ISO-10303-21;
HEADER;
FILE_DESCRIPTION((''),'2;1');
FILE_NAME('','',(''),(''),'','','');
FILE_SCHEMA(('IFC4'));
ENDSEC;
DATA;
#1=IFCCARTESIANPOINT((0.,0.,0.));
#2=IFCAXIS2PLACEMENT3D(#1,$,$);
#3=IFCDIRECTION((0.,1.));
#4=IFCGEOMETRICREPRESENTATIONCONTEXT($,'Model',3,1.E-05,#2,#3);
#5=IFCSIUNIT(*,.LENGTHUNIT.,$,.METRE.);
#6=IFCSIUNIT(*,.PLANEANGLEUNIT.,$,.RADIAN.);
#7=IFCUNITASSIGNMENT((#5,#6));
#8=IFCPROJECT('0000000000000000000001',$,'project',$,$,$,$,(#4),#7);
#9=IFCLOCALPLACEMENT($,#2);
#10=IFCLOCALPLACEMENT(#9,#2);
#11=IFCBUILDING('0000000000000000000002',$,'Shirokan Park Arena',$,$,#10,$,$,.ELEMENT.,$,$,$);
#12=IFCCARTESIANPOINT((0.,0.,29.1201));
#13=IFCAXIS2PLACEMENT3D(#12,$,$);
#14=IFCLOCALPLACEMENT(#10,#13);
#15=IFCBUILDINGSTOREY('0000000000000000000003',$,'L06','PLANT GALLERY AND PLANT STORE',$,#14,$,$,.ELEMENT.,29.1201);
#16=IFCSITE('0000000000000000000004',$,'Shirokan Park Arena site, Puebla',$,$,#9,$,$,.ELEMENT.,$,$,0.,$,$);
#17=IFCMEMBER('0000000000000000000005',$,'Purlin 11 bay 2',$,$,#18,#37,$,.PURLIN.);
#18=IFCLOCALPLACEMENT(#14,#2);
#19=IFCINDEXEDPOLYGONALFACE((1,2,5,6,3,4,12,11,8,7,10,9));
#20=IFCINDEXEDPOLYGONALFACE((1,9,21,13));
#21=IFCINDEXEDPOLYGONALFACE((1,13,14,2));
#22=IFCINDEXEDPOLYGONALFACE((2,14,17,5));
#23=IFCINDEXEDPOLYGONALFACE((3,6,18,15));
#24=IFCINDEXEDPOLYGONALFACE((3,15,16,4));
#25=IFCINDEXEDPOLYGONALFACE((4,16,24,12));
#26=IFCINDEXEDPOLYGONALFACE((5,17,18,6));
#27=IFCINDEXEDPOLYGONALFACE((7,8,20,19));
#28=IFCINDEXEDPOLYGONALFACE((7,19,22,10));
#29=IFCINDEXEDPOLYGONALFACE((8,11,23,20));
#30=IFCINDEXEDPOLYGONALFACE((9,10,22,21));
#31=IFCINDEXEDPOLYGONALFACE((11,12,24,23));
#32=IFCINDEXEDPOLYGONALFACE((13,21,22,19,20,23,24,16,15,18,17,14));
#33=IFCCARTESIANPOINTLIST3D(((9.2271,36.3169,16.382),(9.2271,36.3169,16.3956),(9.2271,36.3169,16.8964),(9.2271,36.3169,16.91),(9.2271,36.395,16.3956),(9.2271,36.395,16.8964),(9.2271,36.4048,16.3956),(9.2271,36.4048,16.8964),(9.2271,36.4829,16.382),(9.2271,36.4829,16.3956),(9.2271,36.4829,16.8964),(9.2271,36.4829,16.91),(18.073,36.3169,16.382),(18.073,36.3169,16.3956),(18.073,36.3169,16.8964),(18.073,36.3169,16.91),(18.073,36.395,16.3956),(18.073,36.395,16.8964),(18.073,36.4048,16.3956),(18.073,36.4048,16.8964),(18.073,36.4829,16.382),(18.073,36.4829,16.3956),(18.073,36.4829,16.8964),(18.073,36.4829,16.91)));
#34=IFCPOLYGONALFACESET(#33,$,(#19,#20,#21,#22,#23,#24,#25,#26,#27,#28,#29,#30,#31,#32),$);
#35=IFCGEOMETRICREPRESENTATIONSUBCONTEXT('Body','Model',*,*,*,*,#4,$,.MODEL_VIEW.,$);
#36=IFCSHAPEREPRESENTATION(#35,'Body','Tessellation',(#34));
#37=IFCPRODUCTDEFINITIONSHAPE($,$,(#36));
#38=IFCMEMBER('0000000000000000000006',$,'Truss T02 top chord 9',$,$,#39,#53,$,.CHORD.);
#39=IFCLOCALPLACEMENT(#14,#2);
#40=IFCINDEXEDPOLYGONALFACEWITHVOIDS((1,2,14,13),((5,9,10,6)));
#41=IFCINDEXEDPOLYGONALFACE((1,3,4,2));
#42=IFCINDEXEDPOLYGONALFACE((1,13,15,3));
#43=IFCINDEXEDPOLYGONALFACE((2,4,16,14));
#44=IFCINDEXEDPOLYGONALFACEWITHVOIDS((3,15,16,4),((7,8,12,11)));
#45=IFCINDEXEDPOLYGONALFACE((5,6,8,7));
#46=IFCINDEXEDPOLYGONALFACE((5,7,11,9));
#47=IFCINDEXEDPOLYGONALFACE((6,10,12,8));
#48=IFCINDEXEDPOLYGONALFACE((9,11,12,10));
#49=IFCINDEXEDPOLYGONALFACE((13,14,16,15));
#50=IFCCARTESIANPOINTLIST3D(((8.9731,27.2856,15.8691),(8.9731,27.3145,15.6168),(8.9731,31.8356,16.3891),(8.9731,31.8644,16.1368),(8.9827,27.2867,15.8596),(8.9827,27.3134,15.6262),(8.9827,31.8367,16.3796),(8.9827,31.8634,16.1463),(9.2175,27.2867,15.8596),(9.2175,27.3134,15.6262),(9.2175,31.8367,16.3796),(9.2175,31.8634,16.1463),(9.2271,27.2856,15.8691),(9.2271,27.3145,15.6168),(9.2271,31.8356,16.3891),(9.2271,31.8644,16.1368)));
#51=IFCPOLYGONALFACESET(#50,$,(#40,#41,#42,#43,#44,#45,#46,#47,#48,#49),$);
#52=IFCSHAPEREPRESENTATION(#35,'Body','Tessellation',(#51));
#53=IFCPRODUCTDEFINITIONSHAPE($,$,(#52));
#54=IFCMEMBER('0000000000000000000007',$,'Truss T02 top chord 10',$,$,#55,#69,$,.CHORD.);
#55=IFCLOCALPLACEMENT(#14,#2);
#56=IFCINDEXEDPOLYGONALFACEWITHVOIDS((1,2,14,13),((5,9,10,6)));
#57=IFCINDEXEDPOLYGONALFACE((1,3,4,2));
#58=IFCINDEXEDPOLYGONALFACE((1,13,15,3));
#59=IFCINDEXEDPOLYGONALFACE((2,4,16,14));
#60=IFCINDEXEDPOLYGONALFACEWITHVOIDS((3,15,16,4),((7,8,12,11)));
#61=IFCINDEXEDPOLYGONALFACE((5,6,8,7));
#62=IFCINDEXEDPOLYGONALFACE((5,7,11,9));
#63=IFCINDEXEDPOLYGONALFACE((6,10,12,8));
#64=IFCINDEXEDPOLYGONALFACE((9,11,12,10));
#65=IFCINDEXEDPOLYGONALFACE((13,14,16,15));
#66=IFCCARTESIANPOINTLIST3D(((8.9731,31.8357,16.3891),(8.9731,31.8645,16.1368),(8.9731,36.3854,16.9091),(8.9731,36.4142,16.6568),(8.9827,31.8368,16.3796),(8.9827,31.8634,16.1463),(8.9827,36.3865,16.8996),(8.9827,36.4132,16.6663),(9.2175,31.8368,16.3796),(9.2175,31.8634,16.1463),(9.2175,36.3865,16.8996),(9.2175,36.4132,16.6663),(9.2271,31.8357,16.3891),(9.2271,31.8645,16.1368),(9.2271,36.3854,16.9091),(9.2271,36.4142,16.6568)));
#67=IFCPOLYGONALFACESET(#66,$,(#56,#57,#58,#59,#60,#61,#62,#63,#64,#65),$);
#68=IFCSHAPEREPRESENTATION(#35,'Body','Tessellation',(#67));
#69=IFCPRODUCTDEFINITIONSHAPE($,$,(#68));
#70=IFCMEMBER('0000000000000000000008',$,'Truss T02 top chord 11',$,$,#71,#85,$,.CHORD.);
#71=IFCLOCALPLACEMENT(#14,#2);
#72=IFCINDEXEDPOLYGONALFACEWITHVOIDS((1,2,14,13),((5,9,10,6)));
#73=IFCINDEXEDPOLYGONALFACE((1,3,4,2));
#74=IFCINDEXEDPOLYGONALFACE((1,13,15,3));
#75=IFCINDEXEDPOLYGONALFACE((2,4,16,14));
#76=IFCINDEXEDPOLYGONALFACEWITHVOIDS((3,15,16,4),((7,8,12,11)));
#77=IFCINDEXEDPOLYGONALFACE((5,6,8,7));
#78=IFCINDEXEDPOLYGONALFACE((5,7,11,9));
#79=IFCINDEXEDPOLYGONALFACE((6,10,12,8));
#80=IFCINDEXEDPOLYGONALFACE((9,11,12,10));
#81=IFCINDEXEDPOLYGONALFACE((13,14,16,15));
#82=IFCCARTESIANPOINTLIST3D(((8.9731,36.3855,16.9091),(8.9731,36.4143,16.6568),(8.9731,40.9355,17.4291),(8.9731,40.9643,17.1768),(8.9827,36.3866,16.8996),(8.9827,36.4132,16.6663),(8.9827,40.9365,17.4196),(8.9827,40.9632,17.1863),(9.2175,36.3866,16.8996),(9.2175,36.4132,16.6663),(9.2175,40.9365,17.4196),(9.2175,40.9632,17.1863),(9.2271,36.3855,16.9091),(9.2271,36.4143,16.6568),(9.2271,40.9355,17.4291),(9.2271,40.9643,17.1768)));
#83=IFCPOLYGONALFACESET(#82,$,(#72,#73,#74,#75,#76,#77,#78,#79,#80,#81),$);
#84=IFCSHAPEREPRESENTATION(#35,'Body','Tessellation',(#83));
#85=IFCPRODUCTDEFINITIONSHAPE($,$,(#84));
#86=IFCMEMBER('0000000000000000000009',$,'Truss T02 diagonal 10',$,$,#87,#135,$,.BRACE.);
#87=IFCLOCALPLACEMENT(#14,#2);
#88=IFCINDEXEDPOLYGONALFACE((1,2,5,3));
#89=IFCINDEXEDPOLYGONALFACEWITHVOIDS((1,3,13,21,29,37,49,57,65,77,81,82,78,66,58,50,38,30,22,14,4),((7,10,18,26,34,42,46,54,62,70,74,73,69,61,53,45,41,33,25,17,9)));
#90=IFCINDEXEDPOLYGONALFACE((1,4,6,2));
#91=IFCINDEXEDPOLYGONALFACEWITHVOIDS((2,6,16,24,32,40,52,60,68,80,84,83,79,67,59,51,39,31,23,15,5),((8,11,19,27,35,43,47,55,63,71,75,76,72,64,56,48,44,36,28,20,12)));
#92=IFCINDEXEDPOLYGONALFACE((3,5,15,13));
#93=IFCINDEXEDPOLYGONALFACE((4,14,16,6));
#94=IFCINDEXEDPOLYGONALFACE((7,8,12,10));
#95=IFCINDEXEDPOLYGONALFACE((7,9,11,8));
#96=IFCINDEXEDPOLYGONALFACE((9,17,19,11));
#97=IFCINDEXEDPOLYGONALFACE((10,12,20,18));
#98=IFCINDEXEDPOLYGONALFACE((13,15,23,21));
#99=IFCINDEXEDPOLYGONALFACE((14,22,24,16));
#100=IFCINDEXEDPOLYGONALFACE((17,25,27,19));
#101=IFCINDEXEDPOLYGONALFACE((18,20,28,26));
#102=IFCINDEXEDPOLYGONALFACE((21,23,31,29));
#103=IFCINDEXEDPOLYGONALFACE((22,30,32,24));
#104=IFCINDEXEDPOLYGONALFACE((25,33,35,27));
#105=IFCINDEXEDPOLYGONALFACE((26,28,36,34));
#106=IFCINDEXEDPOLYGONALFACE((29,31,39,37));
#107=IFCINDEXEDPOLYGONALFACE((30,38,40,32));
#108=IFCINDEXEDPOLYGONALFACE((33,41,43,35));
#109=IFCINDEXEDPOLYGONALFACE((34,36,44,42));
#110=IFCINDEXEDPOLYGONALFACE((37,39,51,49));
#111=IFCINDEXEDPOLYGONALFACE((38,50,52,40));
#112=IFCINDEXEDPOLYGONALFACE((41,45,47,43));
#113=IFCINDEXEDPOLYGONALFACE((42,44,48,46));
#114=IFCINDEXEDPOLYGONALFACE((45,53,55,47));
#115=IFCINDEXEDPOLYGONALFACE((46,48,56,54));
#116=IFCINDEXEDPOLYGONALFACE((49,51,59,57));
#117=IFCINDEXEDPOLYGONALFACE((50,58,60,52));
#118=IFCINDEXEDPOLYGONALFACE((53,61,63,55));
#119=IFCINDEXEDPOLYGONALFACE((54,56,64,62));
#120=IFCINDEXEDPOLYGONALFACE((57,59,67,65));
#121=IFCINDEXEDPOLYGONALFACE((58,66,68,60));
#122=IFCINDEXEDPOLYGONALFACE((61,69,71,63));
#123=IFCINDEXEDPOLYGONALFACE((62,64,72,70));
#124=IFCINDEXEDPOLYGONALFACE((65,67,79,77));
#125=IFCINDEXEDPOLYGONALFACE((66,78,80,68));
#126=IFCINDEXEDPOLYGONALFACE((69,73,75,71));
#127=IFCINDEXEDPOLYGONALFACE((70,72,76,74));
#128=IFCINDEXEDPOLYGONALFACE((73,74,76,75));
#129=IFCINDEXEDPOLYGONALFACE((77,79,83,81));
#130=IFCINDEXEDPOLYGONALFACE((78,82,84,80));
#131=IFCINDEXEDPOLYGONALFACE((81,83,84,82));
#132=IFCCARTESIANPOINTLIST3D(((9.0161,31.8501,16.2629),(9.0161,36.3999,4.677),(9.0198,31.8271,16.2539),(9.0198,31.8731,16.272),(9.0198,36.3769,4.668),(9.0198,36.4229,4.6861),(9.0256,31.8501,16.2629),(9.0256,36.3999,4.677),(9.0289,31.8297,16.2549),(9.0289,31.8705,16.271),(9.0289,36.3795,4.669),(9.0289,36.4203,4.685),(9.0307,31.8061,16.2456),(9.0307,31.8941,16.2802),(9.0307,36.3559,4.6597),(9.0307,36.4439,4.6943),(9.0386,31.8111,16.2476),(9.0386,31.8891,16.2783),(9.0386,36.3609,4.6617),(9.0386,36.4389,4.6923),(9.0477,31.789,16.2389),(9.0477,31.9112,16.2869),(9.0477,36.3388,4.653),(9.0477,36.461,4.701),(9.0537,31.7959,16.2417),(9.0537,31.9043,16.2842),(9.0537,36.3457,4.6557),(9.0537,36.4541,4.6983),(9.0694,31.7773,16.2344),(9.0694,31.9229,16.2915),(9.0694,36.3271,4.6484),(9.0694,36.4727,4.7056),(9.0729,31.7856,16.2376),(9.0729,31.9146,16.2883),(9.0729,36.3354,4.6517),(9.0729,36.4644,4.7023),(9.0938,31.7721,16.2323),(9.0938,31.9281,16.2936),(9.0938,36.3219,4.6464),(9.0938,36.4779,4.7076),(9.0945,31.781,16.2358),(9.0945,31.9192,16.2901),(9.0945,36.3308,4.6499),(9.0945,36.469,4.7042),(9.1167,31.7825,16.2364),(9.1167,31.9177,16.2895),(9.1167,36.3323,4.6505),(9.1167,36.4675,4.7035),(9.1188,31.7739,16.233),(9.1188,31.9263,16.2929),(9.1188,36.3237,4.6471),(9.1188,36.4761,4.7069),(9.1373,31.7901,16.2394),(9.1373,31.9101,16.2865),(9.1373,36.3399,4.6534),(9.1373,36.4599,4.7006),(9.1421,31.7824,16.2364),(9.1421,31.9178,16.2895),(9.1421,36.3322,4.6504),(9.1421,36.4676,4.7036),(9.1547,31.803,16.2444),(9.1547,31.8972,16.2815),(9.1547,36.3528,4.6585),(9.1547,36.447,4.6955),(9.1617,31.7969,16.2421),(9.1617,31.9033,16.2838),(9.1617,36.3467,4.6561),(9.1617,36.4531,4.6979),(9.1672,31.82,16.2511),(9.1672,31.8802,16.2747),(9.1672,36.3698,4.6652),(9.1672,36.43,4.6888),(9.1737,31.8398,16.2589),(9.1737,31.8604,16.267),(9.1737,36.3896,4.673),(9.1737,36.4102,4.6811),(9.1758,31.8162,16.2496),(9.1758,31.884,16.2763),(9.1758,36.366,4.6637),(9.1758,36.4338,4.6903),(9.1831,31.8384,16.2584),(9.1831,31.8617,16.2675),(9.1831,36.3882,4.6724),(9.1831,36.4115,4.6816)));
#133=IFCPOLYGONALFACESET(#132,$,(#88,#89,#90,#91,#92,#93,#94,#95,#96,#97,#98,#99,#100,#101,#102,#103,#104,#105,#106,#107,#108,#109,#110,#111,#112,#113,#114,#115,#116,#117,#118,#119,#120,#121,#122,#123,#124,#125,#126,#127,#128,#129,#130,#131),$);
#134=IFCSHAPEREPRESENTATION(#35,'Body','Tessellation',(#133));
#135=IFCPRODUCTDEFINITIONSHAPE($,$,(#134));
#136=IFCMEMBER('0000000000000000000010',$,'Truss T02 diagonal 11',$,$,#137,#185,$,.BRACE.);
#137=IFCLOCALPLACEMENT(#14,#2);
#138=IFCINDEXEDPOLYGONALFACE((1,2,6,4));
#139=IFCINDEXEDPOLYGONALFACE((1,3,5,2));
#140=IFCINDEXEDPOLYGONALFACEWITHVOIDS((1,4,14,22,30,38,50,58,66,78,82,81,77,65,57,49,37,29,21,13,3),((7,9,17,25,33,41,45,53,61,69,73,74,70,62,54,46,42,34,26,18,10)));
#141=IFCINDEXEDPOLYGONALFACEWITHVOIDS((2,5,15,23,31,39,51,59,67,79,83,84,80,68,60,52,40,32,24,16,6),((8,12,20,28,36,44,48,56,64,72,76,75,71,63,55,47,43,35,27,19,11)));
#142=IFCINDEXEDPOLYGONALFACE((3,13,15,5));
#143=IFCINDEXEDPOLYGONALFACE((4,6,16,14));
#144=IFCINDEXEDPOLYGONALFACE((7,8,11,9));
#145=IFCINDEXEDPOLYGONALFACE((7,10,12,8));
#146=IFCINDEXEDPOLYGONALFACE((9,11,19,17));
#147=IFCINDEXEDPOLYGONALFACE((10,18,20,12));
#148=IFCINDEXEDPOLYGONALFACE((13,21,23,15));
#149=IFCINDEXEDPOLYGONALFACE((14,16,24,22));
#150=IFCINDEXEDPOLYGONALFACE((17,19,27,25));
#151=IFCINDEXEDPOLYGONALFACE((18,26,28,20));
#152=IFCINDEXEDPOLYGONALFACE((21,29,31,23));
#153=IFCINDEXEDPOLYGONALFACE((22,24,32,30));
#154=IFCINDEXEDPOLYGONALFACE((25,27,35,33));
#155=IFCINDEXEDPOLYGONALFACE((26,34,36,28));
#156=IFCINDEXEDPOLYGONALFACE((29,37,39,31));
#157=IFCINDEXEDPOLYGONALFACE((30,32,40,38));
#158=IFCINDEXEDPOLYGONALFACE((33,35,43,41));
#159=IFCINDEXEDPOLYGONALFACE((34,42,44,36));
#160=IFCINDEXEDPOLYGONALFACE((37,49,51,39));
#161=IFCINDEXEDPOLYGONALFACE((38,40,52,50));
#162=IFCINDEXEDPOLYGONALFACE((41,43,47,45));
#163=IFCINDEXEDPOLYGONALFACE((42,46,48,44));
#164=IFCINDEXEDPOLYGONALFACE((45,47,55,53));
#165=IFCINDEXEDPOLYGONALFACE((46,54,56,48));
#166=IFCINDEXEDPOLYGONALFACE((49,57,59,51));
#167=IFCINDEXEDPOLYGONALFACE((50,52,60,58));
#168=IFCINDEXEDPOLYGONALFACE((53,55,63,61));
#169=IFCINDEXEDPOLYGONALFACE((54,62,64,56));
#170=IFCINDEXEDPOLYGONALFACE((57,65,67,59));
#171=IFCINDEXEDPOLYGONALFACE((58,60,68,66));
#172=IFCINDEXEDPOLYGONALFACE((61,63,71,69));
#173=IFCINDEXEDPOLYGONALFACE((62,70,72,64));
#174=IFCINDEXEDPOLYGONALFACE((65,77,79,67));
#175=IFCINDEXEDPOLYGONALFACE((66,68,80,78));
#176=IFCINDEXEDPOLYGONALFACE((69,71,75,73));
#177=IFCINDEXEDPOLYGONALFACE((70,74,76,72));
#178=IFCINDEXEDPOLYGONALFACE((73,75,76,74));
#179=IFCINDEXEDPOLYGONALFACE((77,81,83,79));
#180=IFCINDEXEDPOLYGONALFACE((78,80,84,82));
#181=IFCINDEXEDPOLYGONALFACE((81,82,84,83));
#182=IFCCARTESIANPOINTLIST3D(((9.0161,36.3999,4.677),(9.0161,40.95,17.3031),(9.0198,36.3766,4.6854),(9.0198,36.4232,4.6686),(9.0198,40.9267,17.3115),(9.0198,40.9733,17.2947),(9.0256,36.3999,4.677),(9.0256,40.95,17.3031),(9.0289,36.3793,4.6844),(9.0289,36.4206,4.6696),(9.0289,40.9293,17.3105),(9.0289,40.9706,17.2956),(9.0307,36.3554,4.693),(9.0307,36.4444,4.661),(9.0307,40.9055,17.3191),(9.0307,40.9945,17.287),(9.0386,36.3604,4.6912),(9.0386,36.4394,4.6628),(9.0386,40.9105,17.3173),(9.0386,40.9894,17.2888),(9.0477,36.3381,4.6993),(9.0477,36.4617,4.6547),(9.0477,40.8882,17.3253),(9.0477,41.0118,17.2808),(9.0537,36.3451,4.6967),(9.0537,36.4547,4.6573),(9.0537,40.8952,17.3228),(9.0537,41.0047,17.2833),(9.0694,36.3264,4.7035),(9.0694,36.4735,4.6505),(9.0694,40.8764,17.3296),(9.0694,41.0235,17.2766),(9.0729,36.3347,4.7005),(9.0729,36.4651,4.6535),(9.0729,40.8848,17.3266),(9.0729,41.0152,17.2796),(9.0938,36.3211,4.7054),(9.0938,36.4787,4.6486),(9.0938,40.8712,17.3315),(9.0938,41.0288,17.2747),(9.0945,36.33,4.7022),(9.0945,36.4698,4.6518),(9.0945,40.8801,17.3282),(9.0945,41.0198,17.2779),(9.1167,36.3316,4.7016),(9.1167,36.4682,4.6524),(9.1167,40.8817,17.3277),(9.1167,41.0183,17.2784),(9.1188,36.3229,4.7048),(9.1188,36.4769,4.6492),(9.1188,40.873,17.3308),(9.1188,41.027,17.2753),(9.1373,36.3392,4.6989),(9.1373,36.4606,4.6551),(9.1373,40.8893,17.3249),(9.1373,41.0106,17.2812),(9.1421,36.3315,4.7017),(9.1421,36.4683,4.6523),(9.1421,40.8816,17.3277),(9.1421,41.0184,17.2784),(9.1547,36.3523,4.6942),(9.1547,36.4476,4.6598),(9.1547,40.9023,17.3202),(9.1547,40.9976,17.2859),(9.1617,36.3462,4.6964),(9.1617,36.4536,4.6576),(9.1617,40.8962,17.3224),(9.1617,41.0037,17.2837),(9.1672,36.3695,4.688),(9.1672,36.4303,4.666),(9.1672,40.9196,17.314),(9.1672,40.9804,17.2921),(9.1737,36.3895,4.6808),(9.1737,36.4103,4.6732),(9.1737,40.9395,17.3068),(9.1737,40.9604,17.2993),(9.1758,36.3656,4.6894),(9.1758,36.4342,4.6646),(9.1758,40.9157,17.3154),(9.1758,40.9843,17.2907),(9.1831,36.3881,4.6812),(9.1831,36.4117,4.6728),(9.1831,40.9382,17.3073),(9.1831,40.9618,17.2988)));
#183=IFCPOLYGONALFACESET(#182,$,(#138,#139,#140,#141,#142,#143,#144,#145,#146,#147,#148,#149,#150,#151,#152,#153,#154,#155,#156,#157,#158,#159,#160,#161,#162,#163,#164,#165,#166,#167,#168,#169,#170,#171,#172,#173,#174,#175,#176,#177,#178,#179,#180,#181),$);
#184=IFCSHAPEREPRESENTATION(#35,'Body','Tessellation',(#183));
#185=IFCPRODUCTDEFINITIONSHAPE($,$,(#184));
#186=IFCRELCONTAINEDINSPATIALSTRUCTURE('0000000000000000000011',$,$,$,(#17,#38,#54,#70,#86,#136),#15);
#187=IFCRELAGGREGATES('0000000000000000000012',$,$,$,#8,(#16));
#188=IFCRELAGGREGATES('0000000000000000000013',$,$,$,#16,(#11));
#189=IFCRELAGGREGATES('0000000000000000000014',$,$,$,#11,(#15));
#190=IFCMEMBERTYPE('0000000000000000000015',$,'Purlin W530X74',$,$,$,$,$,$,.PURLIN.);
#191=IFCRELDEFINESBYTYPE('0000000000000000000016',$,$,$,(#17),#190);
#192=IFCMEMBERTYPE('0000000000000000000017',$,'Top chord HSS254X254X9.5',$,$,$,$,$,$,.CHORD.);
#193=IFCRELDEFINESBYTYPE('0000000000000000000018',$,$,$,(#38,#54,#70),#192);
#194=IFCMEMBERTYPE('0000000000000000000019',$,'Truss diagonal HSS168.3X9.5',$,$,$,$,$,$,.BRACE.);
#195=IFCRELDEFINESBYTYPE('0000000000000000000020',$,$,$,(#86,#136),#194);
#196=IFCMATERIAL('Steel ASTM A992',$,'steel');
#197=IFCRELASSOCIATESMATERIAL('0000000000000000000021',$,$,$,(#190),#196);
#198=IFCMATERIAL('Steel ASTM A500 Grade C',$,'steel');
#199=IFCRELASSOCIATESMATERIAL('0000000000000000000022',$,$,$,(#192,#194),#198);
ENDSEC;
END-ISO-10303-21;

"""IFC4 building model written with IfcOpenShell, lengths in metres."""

from ifc_helpers import new_model, si_unit, direction, frame, origin, origin_2d, place, context, subcontext, project, spatial, hollow_rectangle, hollow_circle, i_section, extrude, material, material_profile, profile_set, type_object, element, save


model = new_model("IFC4")

# Units and contexts
model_context = context("Model", 3, precision=1e-05, world=origin(), true_north=direction((0.0, 1.0)))
body_context = subcontext(model_context, "Body", "Model", "MODEL_VIEW")
ifc_project = project(units=[si_unit("LENGTHUNIT", "METRE"), si_unit("PLANEANGLEUNIT", "RADIAN")], contexts=[model_context])

# Site, building, storey
site_placement = place(None, origin())
site = spatial("IfcSite", under=ifc_project, at=site_placement, Name="Shirokan Park Arena site, Puebla", CompositionType="ELEMENT", RefElevation=0.0)
building_placement = place(site_placement, origin())
building = spatial("IfcBuilding", under=site, at=building_placement, Name="Shirokan Park Arena", CompositionType="ELEMENT")
storey_placement = place(building_placement, frame((0.0, 0.0, 29.1201)))
storey = spatial("IfcBuildingStorey", under=building, at=storey_placement, Name="L06", Description="PLANT GALLERY AND PLANT STORE", CompositionType="ELEMENT", Elevation=29.1201)

# Members
ifc_material_1 = material(Name="Steel ASTM A500 Grade C", Category="steel")
ifc_material_2 = material(Name="Steel ASTM A992", Category="steel")
ifc_material_profile_1 = material_profile(ifc_material_2, i_section(OverallWidth=0.166, OverallDepth=0.5281, WebThickness=0.0098, FlangeThickness=0.0137, at=origin_2d()), Name="W530X74")
ifc_profile_set_1 = profile_set([ifc_material_profile_1], Name="Steel ASTM A992")
member_type_1 = type_object("IfcMemberType", Name="Purlin W530X74", PredefinedType="PURLIN", material=ifc_profile_set_1)
for number, where, z_axis, x_axis, name in (
    (1, (9.2271, 36.3999, 16.646), (1.0, 0.0, 0.0), (0.0, 1.0, 0.0), "Purlin 11 bay 2"),
):
    element("IfcMember", number, at=place(storey_placement, frame(where, z_axis=z_axis, x_axis=x_axis)), inside=storey, type_object=member_type_1, Name=name, PredefinedType="PURLIN", context=body_context, shape_type="SweptSolid", body=[
        extrude(i_section(OverallWidth=0.166, OverallDepth=0.5281, WebThickness=0.0098, FlangeThickness=0.0137, at=origin_2d()), origin(), (0.0, 0.0, 1.0), 8.8459),
    ])
ifc_material_profile_2 = material_profile(ifc_material_1, hollow_rectangle(XDim=0.2539, YDim=0.2539, WallThickness=0.0095, at=origin_2d()), Name="HSS254X254X9.5")
ifc_profile_set_2 = profile_set([ifc_material_profile_2], Name="Steel ASTM A500 Grade C")
member_type_2 = type_object("IfcMemberType", Name="Top chord HSS254X254X9.5", PredefinedType="CHORD", material=ifc_profile_set_2)
member_1_placement = place(storey_placement, frame((9.1001, 27.3, 15.7429), z_axis=(0.0, 0.993532, 0.11355), x_axis=(-1.0, 0.0, 0.0)))
element("IfcMember", 2, at=member_1_placement, inside=storey, type_object=member_type_2, Name="Truss T02 top chord 9", PredefinedType="CHORD", context=body_context, shape_type="SweptSolid", body=[
    extrude(hollow_rectangle(XDim=0.2539, YDim=0.2539, WallThickness=0.0095, at=origin_2d()), origin(), (0.0, 0.0, 1.0), 4.5796),
])
member_2_placement = place(storey_placement, frame((9.1001, 31.8501, 16.2629), z_axis=(0.0, 0.993532, 0.113556), x_axis=(-1.0, 0.0, 0.0)))
element("IfcMember", 3, at=member_2_placement, inside=storey, type_object=member_type_2, Name="Truss T02 top chord 10", PredefinedType="CHORD", context=body_context, shape_type="SweptSolid", body=[
    extrude(hollow_rectangle(XDim=0.2539, YDim=0.2539, WallThickness=0.0095, at=origin_2d()), origin(), (0.0, 0.0, 1.0), 4.5793),
])
member_3_placement = place(storey_placement, frame((9.1001, 36.3999, 16.783), z_axis=(0.0, 0.993532, 0.11355), x_axis=(-1.0, 0.0, 0.0)))
element("IfcMember", 4, at=member_3_placement, inside=storey, type_object=member_type_2, Name="Truss T02 top chord 11", PredefinedType="CHORD", context=body_context, shape_type="SweptSolid", body=[
    extrude(hollow_rectangle(XDim=0.2539, YDim=0.2539, WallThickness=0.0095, at=origin_2d()), origin(), (0.0, 0.0, 1.0), 4.5796),
])
ifc_material_profile_3 = material_profile(ifc_material_1, hollow_circle(Radius=0.084, WallThickness=0.0095, at=origin_2d()), Name="HSS168.3X9.5")
ifc_profile_set_3 = profile_set([ifc_material_profile_3], Name="Steel ASTM A500 Grade C")
member_type_3 = type_object("IfcMemberType", Name="Truss diagonal HSS168.3X9.5", PredefinedType="BRACE", material=ifc_profile_set_3)
member_4_placement = place(storey_placement, frame((9.1001, 31.8501, 16.2629), z_axis=(0.0, 0.365526, -0.930801), x_axis=(-1.0, 0.0, 0.0)))
element("IfcMember", 5, at=member_4_placement, inside=storey, type_object=member_type_3, Name="Truss T02 diagonal 10", PredefinedType="BRACE", context=body_context, shape_type="SweptSolid", body=[
    extrude(hollow_circle(Radius=0.084, WallThickness=0.0095, at=origin_2d()), origin(), (0.0, 0.0, 1.0), 12.4473),
])
member_5_placement = place(storey_placement, frame((9.1001, 36.3999, 4.677), z_axis=(0.0, 0.339029, 0.940776), x_axis=(-1.0, 0.0, 0.0)))
element("IfcMember", 6, at=member_5_placement, inside=storey, type_object=member_type_3, Name="Truss T02 diagonal 11", PredefinedType="BRACE", context=body_context, shape_type="SweptSolid", body=[
    extrude(hollow_circle(Radius=0.084, WallThickness=0.0095, at=origin_2d()), origin(), (0.0, 0.0, 1.0), 13.4209),
])

save(model, "model.ifc")
